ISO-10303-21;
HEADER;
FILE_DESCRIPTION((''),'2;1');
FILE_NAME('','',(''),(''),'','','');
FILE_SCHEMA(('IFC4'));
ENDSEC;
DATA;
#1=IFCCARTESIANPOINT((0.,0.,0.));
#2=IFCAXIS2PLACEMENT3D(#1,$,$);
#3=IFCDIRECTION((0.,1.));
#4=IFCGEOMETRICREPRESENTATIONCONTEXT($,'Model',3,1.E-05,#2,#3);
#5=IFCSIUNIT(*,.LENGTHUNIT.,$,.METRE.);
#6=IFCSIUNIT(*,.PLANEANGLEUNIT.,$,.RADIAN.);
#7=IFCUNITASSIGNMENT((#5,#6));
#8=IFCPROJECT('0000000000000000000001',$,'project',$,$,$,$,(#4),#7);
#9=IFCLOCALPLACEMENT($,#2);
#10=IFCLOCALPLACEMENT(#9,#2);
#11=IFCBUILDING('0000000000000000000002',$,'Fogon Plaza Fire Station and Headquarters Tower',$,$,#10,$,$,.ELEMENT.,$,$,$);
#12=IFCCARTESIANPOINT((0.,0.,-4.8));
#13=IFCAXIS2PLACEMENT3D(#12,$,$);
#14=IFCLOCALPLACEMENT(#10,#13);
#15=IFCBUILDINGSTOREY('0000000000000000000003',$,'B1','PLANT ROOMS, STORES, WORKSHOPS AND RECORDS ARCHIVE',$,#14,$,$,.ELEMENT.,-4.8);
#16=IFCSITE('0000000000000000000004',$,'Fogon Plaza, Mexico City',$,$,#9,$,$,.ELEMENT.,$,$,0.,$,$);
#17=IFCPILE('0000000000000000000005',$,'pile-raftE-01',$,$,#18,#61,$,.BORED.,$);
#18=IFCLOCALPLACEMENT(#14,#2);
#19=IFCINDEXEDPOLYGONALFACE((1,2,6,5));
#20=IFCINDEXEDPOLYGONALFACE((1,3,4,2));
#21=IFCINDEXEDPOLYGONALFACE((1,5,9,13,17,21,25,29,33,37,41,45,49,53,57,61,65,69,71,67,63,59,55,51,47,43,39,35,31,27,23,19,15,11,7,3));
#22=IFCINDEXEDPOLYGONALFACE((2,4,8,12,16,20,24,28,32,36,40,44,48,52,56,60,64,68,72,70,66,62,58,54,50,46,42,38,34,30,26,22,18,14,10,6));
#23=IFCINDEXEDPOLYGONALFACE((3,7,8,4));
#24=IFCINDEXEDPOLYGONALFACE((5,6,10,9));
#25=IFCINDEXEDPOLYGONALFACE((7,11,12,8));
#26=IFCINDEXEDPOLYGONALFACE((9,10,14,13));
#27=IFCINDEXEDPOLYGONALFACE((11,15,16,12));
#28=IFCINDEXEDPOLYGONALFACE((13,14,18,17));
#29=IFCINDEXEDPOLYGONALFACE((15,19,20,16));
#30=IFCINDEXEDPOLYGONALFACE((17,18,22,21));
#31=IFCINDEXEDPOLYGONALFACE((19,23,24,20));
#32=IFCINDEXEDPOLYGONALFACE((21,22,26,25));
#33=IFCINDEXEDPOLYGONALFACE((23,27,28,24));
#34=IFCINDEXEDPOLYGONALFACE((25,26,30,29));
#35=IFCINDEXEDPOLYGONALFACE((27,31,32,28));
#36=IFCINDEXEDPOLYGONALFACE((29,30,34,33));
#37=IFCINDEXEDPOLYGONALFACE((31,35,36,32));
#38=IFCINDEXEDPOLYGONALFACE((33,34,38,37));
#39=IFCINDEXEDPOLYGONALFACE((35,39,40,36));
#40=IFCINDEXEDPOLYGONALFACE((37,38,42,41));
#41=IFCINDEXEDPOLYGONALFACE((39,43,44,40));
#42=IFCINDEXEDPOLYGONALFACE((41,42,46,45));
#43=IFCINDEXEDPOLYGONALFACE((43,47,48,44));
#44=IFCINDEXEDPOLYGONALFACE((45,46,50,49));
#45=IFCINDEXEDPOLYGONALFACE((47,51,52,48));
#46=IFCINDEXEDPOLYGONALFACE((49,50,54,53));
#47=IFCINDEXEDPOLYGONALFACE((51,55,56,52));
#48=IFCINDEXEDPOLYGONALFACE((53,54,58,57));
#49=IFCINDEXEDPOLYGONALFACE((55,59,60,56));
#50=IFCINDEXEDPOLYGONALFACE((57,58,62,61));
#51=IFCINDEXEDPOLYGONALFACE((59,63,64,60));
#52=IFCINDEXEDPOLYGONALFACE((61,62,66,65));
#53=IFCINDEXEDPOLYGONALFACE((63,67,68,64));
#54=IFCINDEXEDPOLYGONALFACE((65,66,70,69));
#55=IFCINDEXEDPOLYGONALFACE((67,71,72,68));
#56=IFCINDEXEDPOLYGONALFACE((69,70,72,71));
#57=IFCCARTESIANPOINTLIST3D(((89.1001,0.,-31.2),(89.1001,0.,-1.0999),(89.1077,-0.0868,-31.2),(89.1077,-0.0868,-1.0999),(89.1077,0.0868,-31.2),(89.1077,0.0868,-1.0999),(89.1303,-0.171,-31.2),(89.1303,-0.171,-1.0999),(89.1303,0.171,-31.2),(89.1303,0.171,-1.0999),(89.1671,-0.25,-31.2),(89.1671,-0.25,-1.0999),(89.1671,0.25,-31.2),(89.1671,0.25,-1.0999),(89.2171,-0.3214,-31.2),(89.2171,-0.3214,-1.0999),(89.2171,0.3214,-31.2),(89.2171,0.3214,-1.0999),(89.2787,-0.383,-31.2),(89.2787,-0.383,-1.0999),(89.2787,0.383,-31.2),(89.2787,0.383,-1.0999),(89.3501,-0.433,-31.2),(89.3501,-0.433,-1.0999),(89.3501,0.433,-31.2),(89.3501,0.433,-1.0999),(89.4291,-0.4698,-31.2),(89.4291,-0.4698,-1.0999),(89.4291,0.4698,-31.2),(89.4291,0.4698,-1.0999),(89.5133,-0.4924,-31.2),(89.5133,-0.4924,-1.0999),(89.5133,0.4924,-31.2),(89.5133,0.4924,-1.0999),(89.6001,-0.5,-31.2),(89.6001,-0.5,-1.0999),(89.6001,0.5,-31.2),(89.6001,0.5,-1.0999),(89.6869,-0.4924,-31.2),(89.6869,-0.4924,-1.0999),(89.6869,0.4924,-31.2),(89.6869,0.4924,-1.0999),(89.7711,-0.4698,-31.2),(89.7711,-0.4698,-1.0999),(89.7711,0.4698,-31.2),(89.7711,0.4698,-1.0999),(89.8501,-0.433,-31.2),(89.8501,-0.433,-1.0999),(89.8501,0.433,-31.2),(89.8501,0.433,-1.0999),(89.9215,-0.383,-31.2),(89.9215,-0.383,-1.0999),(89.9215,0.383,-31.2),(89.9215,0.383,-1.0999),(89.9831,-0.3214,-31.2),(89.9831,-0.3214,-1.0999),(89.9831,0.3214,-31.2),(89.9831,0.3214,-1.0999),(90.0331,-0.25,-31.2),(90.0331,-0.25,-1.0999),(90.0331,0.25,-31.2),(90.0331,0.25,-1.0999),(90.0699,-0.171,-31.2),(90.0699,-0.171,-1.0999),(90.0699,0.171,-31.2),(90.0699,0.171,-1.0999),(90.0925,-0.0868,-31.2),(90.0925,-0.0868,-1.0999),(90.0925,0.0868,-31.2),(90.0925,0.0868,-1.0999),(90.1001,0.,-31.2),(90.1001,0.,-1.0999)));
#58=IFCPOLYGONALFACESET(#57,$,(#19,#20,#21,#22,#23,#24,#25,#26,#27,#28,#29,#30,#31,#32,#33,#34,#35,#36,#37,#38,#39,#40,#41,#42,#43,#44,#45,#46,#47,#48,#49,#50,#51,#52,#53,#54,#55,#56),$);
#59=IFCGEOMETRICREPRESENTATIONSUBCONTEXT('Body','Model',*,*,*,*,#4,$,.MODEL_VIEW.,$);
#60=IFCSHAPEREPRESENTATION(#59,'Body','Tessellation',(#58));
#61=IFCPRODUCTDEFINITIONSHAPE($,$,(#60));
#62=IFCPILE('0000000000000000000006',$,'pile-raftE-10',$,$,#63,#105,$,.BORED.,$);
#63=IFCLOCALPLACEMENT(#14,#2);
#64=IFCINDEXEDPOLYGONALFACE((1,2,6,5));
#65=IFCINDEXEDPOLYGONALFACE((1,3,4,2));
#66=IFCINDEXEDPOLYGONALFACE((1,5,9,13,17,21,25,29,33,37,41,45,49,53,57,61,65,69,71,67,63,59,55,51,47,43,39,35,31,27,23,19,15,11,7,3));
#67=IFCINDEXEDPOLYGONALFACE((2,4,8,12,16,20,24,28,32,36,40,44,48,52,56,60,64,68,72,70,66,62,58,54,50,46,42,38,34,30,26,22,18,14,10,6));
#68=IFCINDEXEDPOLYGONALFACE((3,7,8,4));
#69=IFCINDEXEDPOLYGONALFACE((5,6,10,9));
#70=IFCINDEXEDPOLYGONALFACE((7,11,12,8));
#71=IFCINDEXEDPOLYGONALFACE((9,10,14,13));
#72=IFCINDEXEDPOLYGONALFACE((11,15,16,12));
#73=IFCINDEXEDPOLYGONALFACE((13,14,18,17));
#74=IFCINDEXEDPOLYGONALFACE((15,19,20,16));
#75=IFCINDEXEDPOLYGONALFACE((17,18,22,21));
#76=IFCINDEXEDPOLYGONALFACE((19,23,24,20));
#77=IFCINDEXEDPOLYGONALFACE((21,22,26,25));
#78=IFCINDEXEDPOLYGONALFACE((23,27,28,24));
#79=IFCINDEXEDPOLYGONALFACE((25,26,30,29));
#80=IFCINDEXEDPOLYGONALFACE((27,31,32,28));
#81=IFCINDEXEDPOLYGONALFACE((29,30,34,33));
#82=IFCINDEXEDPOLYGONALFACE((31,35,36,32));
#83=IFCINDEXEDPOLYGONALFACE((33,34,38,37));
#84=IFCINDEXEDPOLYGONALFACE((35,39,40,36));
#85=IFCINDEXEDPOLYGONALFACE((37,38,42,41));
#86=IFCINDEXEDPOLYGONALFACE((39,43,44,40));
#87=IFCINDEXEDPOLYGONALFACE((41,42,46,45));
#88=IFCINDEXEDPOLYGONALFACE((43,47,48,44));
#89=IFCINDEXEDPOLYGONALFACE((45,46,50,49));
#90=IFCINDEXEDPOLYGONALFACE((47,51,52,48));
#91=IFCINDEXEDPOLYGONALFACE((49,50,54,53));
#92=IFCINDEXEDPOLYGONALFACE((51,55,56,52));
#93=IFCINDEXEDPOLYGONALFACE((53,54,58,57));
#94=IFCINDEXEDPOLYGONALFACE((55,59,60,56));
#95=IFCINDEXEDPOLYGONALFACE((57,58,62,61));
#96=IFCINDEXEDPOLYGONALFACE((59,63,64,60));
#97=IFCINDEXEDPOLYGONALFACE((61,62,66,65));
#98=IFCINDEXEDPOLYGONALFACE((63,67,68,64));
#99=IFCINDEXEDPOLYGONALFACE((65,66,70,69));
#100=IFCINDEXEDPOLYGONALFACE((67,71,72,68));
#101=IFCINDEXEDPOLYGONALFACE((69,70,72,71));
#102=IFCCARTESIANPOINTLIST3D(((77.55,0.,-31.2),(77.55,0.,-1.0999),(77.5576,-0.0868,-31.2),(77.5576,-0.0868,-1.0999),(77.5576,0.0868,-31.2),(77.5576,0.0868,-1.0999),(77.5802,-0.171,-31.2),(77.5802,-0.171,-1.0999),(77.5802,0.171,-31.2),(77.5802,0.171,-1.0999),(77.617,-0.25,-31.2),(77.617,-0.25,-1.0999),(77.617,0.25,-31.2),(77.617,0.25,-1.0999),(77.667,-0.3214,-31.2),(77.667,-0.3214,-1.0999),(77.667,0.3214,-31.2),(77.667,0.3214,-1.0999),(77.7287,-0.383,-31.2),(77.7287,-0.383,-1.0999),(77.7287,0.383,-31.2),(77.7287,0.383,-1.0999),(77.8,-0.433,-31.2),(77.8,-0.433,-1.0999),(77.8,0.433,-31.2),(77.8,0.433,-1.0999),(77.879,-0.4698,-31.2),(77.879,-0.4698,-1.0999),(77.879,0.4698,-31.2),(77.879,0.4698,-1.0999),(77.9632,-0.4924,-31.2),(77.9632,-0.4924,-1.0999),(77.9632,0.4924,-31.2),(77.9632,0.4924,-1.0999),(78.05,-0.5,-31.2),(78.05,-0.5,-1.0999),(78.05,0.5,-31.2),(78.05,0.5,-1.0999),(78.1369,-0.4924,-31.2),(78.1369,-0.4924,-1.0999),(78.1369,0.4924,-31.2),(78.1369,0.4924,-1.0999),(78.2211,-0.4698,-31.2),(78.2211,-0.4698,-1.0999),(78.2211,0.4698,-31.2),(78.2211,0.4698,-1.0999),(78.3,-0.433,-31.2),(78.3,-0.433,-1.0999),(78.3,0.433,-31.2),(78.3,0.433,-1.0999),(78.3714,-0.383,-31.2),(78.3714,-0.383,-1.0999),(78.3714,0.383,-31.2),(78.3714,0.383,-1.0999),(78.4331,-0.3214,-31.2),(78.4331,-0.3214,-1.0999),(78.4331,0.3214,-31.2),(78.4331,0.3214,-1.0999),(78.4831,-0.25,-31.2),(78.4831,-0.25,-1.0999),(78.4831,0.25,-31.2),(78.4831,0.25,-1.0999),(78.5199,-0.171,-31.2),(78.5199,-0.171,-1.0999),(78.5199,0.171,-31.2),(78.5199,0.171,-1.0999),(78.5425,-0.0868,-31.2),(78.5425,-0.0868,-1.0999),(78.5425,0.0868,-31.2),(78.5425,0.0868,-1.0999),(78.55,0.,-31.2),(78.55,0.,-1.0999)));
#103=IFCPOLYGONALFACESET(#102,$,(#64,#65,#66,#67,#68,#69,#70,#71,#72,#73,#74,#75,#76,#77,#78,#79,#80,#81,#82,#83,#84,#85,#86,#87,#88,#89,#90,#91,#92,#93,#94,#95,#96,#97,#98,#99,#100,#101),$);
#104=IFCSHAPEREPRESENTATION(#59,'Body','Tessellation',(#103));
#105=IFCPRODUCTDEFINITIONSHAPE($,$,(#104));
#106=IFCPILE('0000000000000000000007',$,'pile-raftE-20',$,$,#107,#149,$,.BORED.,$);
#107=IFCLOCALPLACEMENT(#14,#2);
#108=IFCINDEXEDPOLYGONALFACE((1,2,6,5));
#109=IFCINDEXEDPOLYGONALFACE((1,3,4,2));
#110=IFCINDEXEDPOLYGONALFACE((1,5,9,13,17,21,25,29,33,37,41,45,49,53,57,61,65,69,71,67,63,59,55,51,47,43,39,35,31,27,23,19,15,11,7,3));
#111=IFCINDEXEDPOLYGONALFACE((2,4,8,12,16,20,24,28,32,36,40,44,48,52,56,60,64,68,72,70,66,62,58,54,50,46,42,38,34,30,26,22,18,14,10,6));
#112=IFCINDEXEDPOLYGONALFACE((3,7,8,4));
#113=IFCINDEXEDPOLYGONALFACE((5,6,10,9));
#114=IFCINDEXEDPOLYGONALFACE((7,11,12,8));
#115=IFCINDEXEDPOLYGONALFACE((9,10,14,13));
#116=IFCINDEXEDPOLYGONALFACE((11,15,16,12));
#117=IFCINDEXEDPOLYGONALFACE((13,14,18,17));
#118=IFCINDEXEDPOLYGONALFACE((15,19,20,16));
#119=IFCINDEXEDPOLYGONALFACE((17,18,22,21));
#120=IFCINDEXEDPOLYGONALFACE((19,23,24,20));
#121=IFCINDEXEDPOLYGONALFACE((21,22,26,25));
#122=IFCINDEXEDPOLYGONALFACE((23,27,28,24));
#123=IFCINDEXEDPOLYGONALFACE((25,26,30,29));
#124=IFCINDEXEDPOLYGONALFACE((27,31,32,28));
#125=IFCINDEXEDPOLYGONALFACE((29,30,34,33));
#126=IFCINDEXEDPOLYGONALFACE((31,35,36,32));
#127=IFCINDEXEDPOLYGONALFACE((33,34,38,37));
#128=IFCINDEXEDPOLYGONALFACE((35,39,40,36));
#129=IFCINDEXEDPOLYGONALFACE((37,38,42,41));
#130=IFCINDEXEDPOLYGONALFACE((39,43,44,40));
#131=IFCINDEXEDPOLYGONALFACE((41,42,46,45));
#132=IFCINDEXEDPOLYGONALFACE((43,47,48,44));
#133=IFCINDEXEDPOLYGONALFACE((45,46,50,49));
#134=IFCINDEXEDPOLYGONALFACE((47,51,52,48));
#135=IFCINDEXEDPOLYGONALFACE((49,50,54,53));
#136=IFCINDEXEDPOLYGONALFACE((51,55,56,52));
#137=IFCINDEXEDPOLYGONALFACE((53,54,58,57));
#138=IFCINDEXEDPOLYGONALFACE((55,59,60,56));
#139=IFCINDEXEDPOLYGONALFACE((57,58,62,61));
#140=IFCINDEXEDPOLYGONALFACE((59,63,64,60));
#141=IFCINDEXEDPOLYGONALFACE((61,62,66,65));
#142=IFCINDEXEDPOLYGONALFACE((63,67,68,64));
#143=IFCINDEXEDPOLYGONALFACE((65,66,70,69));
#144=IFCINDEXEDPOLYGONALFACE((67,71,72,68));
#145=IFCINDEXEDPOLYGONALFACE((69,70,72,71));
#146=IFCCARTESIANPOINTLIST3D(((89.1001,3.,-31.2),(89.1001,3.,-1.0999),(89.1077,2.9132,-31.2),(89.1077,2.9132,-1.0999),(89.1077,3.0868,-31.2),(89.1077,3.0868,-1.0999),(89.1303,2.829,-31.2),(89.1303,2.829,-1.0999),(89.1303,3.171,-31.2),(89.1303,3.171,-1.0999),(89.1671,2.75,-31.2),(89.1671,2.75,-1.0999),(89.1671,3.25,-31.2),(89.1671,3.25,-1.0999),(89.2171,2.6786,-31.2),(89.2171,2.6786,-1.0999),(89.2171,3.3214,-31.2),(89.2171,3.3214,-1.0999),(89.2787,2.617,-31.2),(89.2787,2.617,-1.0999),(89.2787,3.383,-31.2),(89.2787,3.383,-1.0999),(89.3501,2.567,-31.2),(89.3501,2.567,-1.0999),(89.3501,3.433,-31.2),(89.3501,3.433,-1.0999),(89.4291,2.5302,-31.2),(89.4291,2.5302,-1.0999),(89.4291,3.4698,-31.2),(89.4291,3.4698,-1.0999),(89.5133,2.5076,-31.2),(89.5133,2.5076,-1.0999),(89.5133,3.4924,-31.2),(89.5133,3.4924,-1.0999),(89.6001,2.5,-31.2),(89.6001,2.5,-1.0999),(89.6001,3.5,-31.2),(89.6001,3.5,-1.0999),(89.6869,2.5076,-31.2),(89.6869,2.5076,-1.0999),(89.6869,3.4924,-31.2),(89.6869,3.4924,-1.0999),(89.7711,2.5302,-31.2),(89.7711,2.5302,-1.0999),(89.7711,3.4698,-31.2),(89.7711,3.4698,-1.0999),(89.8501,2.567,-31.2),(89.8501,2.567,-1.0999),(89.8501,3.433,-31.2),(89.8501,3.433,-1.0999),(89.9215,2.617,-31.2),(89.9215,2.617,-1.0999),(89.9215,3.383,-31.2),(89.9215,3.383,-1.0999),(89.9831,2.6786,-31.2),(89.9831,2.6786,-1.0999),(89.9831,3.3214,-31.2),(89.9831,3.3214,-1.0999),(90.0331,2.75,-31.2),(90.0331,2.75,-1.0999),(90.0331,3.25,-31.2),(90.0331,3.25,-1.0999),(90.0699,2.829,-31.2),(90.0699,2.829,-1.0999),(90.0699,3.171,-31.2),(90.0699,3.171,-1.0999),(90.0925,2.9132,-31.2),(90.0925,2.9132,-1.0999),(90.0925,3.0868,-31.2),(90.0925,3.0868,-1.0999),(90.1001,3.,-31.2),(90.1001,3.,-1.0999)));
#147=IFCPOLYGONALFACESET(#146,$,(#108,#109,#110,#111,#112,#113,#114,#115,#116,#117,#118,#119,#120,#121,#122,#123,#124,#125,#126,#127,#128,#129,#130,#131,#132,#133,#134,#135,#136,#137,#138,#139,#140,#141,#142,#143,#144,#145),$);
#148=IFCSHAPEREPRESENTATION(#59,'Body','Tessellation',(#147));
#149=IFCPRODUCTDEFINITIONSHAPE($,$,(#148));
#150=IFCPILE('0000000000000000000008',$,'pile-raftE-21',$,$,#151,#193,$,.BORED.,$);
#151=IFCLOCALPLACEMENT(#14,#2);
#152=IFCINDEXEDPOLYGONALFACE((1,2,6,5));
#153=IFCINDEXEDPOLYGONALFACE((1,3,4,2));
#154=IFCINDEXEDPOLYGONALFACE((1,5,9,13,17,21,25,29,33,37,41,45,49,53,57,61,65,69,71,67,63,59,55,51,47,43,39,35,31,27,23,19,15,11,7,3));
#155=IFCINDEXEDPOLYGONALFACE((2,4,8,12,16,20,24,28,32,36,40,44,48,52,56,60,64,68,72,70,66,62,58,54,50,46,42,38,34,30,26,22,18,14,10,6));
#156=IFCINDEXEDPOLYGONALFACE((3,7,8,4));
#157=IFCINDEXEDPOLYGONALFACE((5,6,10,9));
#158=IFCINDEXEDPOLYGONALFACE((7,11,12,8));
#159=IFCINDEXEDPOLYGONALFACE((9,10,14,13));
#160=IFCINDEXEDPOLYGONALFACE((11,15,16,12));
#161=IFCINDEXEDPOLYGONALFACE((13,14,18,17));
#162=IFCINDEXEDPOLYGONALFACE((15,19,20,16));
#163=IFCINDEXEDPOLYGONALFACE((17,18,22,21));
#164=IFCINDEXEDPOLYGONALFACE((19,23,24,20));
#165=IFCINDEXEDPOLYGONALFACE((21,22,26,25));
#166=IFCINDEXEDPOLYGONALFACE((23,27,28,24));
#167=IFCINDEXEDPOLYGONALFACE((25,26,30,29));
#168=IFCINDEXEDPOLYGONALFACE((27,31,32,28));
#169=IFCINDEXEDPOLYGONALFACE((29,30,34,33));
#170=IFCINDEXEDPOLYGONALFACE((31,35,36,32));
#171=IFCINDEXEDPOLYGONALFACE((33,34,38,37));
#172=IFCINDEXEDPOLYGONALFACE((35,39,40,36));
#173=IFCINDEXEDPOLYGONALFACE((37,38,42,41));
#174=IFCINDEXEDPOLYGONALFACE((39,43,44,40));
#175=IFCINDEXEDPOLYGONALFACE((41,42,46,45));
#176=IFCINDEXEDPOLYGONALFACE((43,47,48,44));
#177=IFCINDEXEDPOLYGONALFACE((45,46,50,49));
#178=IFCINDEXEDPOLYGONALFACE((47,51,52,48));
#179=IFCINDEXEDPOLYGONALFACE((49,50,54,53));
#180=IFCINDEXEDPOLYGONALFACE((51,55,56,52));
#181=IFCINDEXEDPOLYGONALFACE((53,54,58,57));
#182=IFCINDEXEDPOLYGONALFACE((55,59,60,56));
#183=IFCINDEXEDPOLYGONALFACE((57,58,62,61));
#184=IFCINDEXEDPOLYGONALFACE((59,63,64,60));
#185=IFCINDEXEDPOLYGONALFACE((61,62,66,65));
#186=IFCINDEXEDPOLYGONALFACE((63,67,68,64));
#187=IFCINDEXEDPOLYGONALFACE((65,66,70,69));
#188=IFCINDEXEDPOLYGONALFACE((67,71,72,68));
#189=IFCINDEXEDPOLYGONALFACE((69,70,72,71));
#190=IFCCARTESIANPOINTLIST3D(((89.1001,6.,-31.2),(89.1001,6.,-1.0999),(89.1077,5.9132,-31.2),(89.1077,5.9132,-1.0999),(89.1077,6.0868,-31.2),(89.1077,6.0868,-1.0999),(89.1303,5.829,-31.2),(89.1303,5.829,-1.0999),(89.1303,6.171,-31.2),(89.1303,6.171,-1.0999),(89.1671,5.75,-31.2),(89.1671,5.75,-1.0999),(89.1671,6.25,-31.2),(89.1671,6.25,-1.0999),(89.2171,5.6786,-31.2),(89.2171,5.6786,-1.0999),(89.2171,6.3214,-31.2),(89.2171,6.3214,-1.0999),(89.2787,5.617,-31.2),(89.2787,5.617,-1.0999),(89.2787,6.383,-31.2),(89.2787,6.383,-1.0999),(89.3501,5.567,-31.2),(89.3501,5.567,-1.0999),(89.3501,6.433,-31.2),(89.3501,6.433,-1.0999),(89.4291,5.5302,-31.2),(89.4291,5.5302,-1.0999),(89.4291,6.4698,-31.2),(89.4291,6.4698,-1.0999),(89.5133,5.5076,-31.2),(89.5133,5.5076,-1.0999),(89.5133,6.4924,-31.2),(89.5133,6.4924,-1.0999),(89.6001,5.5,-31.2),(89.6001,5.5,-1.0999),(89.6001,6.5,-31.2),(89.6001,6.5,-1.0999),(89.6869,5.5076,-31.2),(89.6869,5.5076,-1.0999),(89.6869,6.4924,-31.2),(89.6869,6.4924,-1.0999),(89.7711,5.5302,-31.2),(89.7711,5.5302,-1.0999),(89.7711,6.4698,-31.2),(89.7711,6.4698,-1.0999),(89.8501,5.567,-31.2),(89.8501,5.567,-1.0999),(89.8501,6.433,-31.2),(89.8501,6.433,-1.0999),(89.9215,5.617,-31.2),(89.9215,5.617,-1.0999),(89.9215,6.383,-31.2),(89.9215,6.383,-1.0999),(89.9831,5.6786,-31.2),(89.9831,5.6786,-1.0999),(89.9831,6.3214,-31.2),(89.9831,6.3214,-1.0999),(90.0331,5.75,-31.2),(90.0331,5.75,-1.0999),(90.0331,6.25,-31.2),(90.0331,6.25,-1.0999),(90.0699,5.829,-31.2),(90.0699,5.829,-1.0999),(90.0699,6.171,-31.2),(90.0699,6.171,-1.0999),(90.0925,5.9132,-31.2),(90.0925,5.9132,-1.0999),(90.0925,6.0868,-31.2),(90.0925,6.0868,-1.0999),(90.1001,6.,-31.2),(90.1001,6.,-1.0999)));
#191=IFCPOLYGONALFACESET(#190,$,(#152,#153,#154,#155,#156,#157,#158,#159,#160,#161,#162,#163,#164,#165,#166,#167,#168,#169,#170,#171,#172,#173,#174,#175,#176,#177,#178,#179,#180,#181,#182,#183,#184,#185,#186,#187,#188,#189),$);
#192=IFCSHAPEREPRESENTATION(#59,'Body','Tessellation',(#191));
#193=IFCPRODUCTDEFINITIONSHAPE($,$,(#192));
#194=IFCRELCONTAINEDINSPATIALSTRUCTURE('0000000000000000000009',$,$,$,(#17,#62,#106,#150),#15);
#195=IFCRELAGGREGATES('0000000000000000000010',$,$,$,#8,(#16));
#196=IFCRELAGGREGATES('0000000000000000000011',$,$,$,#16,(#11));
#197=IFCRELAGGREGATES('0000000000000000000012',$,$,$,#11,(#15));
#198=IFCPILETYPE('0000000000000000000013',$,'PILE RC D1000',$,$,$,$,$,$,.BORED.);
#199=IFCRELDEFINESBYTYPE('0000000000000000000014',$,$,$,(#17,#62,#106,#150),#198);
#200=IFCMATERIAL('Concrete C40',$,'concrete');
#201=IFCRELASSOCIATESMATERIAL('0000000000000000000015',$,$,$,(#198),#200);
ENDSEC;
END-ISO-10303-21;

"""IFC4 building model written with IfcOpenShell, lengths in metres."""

from ifc_helpers import new_model, si_unit, direction, frame, origin, origin_2d, place, context, subcontext, project, spatial, circle, extrude, material, material_profile, profile_set, type_object, element, save


model = new_model("IFC4")

# Units and contexts
model_context = context("Model", 3, precision=1e-05, world=origin(), true_north=direction((0.0, 1.0)))
body_context = subcontext(model_context, "Body", "Model", "MODEL_VIEW")
ifc_project = project(units=[si_unit("LENGTHUNIT", "METRE"), si_unit("PLANEANGLEUNIT", "RADIAN")], contexts=[model_context])

# Site, building, storey
site_placement = place(None, origin())
site = spatial("IfcSite", under=ifc_project, at=site_placement, Name="Fogon Plaza, Mexico City", CompositionType="ELEMENT", RefElevation=0.0)
building_placement = place(site_placement, origin())
building = spatial("IfcBuilding", under=site, at=building_placement, Name="Fogon Plaza Fire Station and Headquarters Tower", CompositionType="ELEMENT")
storey_placement = place(building_placement, frame((0.0, 0.0, -4.8)))
storey = spatial("IfcBuildingStorey", under=building, at=storey_placement, Name="B1", Description="PLANT ROOMS, STORES, WORKSHOPS AND RECORDS ARCHIVE", CompositionType="ELEMENT", Elevation=-4.8)

# Piles
ifc_material_1 = material(Name="Concrete C40", Category="concrete")
ifc_material_profile_1 = material_profile(ifc_material_1, circle(Radius=0.5, at=origin_2d()), Name="RC D1000")
ifc_profile_set_1 = profile_set([ifc_material_profile_1], Name="Concrete C40")
pile_type = type_object("IfcPileType", Name="PILE RC D1000", PredefinedType="BORED", material=ifc_profile_set_1)
for number, where, z_axis, x_axis, name in (
    (1, (89.6001, 0.0, -1.0999), (0.0, 0.0, -1.0), (1.0, 0.0, 0.0), "pile-raftE-01"),
    (2, (78.05, 0.0, -1.0999), (0.0, 0.0, -1.0), (1.0, 0.0, 0.0), "pile-raftE-10"),
    (3, (89.6001, 3.0, -1.0999), (0.0, 0.0, -1.0), (1.0, 0.0, 0.0), "pile-raftE-20"),
    (4, (89.6001, 6.0, -1.0999), (0.0, 0.0, -1.0), (1.0, 0.0, 0.0), "pile-raftE-21"),
):
    element("IfcPile", number, at=place(storey_placement, frame(where, z_axis=z_axis, x_axis=x_axis)), inside=storey, type_object=pile_type, Name=name, PredefinedType="BORED", context=body_context, shape_type="SweptSolid", body=[
        extrude(circle(Radius=0.5, at=origin_2d()), origin(), (0.0, 0.0, 1.0), 30.1001),
    ])

save(model, "model.ifc")
